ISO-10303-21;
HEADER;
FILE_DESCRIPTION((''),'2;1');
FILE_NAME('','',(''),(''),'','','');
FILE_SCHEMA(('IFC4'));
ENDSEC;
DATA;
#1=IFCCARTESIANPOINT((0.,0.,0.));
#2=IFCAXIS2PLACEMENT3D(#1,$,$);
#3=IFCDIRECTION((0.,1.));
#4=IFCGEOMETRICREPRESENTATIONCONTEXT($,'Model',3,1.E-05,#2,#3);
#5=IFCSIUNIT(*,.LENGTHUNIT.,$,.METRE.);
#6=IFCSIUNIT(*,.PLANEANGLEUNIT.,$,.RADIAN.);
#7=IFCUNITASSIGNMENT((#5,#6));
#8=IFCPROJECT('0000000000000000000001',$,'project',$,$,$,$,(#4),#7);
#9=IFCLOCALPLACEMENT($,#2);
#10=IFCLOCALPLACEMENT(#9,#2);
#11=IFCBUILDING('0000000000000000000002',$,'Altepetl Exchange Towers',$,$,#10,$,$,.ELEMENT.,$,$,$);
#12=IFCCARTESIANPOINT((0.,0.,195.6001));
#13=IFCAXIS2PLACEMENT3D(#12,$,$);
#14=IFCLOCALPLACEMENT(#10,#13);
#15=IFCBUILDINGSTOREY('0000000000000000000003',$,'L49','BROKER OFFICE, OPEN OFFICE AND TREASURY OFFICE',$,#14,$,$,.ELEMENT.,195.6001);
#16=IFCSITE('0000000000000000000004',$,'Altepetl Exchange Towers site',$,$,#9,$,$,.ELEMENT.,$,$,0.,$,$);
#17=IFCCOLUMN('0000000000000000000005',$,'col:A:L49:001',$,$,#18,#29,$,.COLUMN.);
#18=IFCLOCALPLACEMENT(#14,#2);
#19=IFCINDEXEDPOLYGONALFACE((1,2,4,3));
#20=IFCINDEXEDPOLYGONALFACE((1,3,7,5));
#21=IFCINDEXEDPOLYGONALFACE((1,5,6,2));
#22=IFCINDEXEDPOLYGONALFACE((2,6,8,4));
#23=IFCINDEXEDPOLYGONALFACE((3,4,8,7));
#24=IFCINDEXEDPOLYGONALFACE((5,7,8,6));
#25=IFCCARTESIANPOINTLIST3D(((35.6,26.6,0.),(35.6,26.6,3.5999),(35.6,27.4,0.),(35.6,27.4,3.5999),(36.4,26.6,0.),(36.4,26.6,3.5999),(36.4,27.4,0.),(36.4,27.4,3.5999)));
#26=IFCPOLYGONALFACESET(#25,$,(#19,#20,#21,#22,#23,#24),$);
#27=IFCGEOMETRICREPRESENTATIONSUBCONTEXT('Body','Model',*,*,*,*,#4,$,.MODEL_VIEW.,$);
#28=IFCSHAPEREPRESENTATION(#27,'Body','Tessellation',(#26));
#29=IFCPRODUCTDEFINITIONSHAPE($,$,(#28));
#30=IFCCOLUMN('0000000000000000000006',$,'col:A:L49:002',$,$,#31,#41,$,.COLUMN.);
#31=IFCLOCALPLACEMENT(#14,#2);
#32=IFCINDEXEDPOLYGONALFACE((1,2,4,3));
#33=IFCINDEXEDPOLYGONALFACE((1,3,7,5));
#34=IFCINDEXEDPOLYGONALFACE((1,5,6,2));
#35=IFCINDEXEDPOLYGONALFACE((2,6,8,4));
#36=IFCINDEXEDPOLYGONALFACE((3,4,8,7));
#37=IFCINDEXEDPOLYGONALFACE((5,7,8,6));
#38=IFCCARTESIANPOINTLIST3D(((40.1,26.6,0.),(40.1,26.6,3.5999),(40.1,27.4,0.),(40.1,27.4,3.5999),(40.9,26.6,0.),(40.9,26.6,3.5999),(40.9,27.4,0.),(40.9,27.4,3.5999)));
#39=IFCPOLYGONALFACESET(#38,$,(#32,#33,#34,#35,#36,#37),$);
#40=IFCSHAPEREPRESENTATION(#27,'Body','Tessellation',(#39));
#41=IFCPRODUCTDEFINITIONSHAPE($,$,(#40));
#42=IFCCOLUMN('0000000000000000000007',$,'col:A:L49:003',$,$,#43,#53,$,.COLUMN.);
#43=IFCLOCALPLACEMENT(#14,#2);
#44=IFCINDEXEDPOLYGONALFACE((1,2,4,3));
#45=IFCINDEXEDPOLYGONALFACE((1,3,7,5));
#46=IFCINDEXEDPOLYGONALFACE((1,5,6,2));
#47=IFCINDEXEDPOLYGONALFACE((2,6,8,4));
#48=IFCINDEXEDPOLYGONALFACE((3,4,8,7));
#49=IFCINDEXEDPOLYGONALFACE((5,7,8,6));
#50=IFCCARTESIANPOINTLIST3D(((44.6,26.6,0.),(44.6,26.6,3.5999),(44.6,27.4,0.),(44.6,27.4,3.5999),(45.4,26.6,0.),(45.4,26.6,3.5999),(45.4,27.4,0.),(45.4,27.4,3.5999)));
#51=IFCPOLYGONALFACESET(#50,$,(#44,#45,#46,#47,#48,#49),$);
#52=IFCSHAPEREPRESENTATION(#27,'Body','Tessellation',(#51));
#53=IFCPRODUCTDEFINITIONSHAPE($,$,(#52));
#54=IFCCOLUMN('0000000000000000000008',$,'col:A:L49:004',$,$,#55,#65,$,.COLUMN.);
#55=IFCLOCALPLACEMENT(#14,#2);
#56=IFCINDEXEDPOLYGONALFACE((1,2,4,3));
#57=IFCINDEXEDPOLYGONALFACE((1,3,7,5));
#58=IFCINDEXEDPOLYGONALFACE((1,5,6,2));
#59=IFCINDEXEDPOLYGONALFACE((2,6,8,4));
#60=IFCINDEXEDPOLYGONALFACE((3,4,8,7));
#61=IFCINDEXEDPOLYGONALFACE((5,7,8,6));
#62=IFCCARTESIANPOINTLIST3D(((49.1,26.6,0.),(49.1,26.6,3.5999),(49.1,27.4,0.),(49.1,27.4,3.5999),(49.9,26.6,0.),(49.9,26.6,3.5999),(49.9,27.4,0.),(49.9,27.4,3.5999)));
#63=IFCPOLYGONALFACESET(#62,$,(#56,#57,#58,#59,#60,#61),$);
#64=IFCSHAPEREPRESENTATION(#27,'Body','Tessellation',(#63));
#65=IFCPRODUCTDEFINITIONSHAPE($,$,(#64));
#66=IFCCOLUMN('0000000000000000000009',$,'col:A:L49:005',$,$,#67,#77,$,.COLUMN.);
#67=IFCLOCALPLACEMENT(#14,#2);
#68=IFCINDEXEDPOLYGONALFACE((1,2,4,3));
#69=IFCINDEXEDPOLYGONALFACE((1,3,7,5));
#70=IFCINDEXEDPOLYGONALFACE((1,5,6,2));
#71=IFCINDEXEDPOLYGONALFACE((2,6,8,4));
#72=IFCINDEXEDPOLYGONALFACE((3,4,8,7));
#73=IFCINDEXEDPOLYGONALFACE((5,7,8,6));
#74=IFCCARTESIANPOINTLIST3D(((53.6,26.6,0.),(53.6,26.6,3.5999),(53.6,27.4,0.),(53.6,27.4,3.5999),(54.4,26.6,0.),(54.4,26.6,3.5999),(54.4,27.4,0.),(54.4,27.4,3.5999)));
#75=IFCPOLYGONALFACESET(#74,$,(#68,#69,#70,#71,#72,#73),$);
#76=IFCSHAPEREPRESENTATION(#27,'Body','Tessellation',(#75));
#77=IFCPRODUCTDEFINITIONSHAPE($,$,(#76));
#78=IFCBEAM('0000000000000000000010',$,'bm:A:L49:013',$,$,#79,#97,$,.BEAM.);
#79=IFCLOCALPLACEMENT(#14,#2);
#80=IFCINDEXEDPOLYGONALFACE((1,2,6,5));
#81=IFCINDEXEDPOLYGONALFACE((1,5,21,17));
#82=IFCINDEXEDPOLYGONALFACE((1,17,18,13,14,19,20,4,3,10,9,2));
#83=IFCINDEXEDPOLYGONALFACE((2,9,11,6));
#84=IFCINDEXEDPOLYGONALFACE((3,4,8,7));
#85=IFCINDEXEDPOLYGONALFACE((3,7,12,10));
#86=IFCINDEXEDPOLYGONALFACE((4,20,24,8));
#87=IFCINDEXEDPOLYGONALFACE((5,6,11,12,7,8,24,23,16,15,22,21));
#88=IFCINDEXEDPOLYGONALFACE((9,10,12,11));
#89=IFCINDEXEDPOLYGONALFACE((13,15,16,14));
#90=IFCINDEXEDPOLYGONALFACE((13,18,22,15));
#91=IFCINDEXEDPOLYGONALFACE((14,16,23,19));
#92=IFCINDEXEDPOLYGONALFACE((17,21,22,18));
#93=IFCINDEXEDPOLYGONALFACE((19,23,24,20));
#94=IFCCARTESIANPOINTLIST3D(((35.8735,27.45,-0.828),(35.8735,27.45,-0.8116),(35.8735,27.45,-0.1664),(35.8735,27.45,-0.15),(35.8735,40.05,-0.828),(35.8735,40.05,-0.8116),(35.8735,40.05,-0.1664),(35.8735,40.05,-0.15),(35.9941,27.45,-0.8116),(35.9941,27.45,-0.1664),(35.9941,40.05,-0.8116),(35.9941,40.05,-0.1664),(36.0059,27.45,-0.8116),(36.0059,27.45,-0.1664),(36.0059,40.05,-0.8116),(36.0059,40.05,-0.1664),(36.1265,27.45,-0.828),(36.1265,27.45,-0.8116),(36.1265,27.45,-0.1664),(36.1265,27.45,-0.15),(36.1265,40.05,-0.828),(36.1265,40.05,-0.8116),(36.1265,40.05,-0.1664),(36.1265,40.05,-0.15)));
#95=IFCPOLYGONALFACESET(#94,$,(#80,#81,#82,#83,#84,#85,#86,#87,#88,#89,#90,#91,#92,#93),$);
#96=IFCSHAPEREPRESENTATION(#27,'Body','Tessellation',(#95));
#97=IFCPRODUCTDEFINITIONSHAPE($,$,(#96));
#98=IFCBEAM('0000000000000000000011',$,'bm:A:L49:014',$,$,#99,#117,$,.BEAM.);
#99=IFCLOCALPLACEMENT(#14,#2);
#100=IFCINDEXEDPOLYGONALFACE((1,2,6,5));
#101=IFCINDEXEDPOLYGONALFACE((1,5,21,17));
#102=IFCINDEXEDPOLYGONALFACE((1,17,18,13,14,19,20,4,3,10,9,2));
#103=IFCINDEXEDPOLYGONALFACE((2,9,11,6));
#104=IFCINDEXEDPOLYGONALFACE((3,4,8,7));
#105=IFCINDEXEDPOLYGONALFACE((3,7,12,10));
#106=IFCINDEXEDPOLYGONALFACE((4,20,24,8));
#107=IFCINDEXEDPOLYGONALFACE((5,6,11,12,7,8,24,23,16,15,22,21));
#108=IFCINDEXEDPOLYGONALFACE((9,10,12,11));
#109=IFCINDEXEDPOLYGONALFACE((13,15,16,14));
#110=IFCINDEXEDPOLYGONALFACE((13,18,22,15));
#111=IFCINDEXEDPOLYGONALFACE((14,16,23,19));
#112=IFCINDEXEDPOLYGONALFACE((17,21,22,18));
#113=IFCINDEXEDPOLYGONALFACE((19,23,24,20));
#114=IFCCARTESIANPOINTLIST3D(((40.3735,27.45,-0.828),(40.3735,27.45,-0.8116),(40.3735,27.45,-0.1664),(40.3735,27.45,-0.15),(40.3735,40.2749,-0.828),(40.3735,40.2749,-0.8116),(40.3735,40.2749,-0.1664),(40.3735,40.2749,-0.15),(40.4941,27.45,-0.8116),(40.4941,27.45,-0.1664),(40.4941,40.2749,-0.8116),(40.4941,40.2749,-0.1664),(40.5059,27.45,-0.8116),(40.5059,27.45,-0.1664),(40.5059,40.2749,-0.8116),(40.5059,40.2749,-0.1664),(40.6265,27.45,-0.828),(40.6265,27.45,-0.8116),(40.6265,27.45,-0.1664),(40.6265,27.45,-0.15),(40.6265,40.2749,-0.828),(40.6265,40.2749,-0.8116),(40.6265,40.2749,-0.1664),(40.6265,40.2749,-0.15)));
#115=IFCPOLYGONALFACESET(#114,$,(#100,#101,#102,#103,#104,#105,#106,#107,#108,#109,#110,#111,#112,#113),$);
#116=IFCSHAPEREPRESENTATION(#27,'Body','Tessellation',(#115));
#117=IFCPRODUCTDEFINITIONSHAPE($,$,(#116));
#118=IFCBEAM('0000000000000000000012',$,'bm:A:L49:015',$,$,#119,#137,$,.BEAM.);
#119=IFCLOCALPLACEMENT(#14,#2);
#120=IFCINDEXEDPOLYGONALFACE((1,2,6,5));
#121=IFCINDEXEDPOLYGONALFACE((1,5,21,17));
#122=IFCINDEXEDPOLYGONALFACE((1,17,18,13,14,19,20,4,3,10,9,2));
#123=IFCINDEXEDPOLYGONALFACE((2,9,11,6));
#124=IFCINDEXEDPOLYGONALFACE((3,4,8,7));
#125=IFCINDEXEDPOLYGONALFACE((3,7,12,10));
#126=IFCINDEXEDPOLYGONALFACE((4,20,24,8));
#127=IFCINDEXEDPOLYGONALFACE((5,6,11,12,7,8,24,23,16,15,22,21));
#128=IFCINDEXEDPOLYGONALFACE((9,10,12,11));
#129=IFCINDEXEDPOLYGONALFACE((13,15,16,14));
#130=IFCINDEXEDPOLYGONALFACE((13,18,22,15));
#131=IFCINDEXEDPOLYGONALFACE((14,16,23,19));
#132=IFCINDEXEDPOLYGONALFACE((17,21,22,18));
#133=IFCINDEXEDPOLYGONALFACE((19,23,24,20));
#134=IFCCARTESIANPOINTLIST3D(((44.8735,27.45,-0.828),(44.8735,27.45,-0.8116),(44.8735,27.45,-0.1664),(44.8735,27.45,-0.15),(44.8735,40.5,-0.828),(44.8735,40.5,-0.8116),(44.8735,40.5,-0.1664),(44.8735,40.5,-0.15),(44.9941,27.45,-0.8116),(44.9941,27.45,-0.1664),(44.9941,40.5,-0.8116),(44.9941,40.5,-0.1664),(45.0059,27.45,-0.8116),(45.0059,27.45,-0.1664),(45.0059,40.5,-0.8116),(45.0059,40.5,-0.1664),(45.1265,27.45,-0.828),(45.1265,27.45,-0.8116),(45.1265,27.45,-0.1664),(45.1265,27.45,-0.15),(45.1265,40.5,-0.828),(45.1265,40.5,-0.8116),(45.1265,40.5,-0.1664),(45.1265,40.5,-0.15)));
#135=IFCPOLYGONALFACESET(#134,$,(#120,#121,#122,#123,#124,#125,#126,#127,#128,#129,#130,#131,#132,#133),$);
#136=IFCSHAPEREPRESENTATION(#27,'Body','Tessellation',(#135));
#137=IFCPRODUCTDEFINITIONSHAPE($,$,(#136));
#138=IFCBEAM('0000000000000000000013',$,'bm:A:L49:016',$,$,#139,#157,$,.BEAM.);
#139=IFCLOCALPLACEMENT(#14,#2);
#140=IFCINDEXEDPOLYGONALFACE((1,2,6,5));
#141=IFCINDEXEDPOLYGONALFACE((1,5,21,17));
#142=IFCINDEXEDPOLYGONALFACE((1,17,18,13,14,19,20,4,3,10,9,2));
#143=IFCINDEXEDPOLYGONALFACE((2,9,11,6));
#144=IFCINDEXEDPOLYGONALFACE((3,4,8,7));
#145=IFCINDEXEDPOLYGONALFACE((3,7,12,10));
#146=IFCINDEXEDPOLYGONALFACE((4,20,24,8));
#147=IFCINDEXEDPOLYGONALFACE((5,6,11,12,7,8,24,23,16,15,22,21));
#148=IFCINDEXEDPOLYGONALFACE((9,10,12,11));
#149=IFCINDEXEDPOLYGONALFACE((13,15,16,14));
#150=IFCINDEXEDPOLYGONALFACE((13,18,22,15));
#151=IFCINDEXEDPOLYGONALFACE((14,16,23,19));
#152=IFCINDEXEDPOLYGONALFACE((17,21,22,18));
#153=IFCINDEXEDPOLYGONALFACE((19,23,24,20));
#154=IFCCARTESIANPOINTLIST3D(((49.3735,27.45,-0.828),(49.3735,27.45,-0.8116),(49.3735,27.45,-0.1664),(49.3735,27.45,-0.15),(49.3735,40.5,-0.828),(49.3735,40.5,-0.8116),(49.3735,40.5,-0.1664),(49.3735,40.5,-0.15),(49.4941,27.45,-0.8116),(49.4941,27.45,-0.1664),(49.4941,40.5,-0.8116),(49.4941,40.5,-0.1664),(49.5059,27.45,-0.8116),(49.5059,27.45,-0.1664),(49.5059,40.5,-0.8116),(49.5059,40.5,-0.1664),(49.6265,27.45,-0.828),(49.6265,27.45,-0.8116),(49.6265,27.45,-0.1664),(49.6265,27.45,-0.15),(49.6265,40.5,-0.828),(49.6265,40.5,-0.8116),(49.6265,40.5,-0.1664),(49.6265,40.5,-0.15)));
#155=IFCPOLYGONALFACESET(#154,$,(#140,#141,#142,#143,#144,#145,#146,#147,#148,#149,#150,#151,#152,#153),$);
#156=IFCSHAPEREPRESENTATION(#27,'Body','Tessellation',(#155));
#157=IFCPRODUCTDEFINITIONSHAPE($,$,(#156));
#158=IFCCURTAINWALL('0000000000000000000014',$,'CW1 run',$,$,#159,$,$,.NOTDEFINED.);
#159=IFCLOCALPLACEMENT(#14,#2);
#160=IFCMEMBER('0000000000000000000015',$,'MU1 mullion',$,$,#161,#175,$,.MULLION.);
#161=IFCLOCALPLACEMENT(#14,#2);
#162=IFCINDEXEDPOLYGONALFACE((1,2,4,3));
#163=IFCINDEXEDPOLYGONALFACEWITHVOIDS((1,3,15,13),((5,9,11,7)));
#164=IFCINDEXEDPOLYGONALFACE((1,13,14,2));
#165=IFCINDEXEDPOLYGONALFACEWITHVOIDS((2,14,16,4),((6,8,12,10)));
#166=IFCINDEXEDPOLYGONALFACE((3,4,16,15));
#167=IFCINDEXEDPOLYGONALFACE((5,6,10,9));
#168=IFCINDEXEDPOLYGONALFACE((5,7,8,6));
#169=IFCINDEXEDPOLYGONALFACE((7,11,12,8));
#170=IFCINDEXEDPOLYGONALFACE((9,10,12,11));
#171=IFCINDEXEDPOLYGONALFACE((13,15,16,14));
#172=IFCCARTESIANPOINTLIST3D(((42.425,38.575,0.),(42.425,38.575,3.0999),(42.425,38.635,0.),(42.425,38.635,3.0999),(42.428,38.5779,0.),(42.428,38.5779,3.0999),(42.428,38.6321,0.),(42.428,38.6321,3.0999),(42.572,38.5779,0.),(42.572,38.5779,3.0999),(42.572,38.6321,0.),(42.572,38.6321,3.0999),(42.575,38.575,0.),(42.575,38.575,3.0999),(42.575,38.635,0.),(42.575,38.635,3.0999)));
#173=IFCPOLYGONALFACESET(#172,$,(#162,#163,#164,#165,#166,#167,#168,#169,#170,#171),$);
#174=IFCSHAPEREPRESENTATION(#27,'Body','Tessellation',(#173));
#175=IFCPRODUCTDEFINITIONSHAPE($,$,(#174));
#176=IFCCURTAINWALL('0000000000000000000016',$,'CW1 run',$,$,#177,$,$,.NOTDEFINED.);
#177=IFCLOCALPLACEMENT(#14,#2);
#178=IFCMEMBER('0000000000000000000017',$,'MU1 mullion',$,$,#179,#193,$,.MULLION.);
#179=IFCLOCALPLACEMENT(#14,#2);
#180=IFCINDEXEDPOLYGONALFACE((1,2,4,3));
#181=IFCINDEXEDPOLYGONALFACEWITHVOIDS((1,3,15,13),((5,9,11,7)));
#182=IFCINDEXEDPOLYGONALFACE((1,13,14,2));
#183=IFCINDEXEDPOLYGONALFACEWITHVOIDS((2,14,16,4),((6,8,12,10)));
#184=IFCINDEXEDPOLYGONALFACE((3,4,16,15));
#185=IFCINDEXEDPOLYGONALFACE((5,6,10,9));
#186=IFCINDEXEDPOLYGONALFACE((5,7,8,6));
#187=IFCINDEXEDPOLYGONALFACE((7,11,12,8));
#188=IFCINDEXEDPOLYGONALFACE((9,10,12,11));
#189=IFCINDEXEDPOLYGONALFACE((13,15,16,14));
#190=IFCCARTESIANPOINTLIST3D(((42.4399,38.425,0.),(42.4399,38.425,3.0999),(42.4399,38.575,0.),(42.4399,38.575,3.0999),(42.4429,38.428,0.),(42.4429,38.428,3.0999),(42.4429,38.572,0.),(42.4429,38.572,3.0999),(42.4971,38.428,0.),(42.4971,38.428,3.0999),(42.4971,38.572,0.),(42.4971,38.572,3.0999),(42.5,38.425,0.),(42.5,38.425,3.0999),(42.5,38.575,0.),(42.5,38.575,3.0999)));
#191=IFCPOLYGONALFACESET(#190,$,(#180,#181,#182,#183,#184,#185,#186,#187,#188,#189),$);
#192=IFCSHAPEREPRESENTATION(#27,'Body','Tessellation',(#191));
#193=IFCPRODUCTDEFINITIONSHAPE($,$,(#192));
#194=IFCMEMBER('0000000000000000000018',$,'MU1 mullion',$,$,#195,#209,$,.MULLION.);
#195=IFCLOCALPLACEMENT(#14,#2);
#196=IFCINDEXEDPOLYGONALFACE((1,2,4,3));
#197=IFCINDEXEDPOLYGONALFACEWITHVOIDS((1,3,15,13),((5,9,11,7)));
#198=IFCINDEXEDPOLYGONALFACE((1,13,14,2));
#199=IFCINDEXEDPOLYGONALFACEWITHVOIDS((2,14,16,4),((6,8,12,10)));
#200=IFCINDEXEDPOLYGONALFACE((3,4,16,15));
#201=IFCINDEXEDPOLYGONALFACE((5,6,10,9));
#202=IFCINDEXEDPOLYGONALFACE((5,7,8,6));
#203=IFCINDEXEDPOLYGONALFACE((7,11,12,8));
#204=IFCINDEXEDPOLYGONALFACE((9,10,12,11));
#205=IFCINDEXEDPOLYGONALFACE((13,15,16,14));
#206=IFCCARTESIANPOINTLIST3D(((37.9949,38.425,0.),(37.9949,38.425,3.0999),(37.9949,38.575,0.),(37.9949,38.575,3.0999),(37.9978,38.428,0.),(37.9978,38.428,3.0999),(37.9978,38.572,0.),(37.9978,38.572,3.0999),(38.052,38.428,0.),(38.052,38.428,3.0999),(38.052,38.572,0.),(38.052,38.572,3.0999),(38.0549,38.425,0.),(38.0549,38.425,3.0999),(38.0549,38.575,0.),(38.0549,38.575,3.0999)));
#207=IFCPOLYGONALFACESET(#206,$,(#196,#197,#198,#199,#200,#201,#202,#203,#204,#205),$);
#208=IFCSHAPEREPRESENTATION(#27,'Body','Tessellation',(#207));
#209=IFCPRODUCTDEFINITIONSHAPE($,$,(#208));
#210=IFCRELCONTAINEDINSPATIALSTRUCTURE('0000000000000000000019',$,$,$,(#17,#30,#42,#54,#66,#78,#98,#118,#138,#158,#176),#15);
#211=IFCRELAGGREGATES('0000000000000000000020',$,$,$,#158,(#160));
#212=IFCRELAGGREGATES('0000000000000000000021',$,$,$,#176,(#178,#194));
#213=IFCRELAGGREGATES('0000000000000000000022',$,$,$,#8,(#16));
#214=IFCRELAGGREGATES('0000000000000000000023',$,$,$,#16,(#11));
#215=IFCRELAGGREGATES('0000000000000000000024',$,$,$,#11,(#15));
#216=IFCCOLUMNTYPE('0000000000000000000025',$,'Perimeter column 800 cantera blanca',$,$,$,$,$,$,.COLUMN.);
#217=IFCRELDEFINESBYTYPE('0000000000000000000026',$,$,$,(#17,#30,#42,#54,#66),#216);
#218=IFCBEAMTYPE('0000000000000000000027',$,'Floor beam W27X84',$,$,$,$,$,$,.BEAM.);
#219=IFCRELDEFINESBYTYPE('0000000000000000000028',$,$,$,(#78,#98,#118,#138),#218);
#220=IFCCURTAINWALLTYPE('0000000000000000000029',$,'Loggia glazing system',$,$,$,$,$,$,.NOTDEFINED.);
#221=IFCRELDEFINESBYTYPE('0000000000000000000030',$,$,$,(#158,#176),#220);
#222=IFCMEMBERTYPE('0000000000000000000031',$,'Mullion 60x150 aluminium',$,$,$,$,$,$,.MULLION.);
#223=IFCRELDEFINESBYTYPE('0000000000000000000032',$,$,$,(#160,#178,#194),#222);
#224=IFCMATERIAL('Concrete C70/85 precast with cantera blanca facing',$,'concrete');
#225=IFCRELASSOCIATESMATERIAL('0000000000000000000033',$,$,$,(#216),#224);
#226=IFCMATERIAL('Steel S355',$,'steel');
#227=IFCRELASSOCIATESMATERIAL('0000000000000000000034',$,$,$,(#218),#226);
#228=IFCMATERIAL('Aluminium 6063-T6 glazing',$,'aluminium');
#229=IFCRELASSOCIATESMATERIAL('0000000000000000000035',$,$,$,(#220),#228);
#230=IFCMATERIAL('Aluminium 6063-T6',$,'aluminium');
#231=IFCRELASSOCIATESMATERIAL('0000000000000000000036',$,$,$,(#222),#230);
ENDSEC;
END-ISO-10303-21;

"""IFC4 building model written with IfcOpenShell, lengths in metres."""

from ifc_helpers import new_model, si_unit, direction, frame, origin, origin_2d, place, context, subcontext, project, spatial, rectangle, hollow_rectangle, i_section, extrude, material, material_profile, profile_set, type_object, element, aggregate, save


model = new_model("IFC4")

# Units and contexts
model_context = context("Model", 3, precision=1e-05, world=origin(), true_north=direction((0.0, 1.0)))
body_context = subcontext(model_context, "Body", "Model", "MODEL_VIEW")
ifc_project = project(units=[si_unit("LENGTHUNIT", "METRE"), si_unit("PLANEANGLEUNIT", "RADIAN")], contexts=[model_context])

# Site, building, storey
site_placement = place(None, origin())
site = spatial("IfcSite", under=ifc_project, at=site_placement, Name="Altepetl Exchange Towers site", CompositionType="ELEMENT", RefElevation=0.0)
building_placement = place(site_placement, origin())
building = spatial("IfcBuilding", under=site, at=building_placement, Name="Altepetl Exchange Towers", CompositionType="ELEMENT")
storey_placement = place(building_placement, frame((0.0, 0.0, 195.6001)))
storey = spatial("IfcBuildingStorey", under=building, at=storey_placement, Name="L49", Description="BROKER OFFICE, OPEN OFFICE AND TREASURY OFFICE", CompositionType="ELEMENT", Elevation=195.6001)

# Columns
ifc_material_1 = material(Name="Concrete C70/85 precast with cantera blanca facing", Category="concrete")
ifc_material_profile_1 = material_profile(ifc_material_1, rectangle(XDim=0.8, YDim=0.8, at=origin_2d()), Name="800 x 800")
ifc_profile_set_1 = profile_set([ifc_material_profile_1], Name="Concrete C70/85 precast with cantera blanca facing")
column_type = type_object("IfcColumnType", Name="Perimeter column 800 cantera blanca", PredefinedType="COLUMN", material=ifc_profile_set_1)
for number, where, name in (
    (1, (36.0, 27.0, 0.0), "col:A:L49:001"),
    (2, (40.5, 27.0, 0.0), "col:A:L49:002"),
    (3, (45.0, 27.0, 0.0), "col:A:L49:003"),
    (4, (49.5, 27.0, 0.0), "col:A:L49:004"),
    (5, (54.0, 27.0, 0.0), "col:A:L49:005"),
):
    element("IfcColumn", number, at=place(storey_placement, frame(where)), inside=storey, type_object=column_type, Name=name, PredefinedType="COLUMN", context=body_context, shape_type="SweptSolid", body=[
        extrude(rectangle(XDim=0.8, YDim=0.8, at=origin_2d()), origin(), (0.0, 0.0, 1.0), 3.5999),
    ])

# Beams
ifc_material_2 = material(Name="Steel S355", Category="steel")
ifc_material_profile_2 = material_profile(ifc_material_2, i_section(OverallWidth=0.2529, OverallDepth=0.678, WebThickness=0.0117, FlangeThickness=0.0164, at=origin_2d()), Name="W27X84")
ifc_profile_set_2 = profile_set([ifc_material_profile_2], Name="Steel S355")
beam_type_1 = type_object("IfcBeamType", Name="Floor beam W27X84", PredefinedType="BEAM", material=ifc_profile_set_2)
beam_1_placement = place(storey_placement, frame((36.0, 27.45, -0.489), z_axis=(0.0, 1.0, 0.0), x_axis=(-1.0, 0.0, 0.0)))
element("IfcBeam", 6, at=beam_1_placement, inside=storey, type_object=beam_type_1, Name="bm:A:L49:013", PredefinedType="BEAM", context=body_context, shape_type="SweptSolid", body=[
    extrude(i_section(OverallWidth=0.2529, OverallDepth=0.678, WebThickness=0.0117, FlangeThickness=0.0164, at=origin_2d()), origin(), (0.0, 0.0, 1.0), 12.6001),
])
beam_2_placement = place(storey_placement, frame((40.5, 27.45, -0.489), z_axis=(0.0, 1.0, 0.0), x_axis=(-1.0, 0.0, 0.0)))
element("IfcBeam", 7, at=beam_2_placement, inside=storey, type_object=beam_type_1, Name="bm:A:L49:014", PredefinedType="BEAM", context=body_context, shape_type="SweptSolid", body=[
    extrude(i_section(OverallWidth=0.2529, OverallDepth=0.678, WebThickness=0.0117, FlangeThickness=0.0164, at=origin_2d()), origin(), (0.0, 0.0, 1.0), 12.825),
])
for number, where, z_axis, x_axis, name in (
    (8, (45.0, 27.45, -0.489), (0.0, 1.0, 0.0), (-1.0, 0.0, 0.0), "bm:A:L49:015"),
    (9, (49.5, 27.45, -0.489), (0.0, 1.0, 0.0), (-1.0, 0.0, 0.0), "bm:A:L49:016"),
):
    element("IfcBeam", number, at=place(storey_placement, frame(where, z_axis=z_axis, x_axis=x_axis)), inside=storey, type_object=beam_type_1, Name=name, PredefinedType="BEAM", context=body_context, shape_type="SweptSolid", body=[
        extrude(i_section(OverallWidth=0.2529, OverallDepth=0.678, WebThickness=0.0117, FlangeThickness=0.0164, at=origin_2d()), origin(), (0.0, 0.0, 1.0), 13.05),
    ])

# Curtain wall, member
ifc_material_3 = material(Name="Aluminium 6063-T6 glazing", Category="aluminium")
curtain_wall_type = type_object("IfcCurtainWallType", Name="Loggia glazing system", PredefinedType="NOTDEFINED", material=ifc_material_3)
curtain_wall_1_placement = place(storey_placement, origin())
curtain_wall_1 = element("IfcCurtainWall", 10, at=curtain_wall_1_placement, inside=storey, type_object=curtain_wall_type, Name="CW1 run", PredefinedType="NOTDEFINED")
ifc_material_4 = material(Name="Aluminium 6063-T6", Category="aluminium")
ifc_material_profile_3 = material_profile(ifc_material_4, hollow_rectangle(XDim=0.0601, YDim=0.1499, WallThickness=0.0029, at=origin_2d()), Name="Mullion 60x150 aluminium")
ifc_profile_set_3 = profile_set([ifc_material_profile_3], Name="Aluminium 6063-T6")
member_type = type_object("IfcMemberType", Name="Mullion 60x150 aluminium", PredefinedType="MULLION", material=ifc_profile_set_3)
member_1_placement = place(storey_placement, frame((42.5, 38.605, 0.0), z_axis=(0.0, 0.0, 1.0), x_axis=(0.0, -1.0, 0.0)))
member_1 = element("IfcMember", 11, at=member_1_placement, type_object=member_type, Name="MU1 mullion", PredefinedType="MULLION", context=body_context, shape_type="SweptSolid", body=[
    extrude(hollow_rectangle(XDim=0.0601, YDim=0.1499, WallThickness=0.0029, at=origin_2d()), origin(), (0.0, 0.0, 1.0), 3.0999),
])
aggregate(curtain_wall_1, [member_1])

# Curtain wall, members
curtain_wall_2_placement = place(storey_placement, origin())
curtain_wall_2 = element("IfcCurtainWall", 12, at=curtain_wall_2_placement, inside=storey, type_object=curtain_wall_type, Name="CW1 run", PredefinedType="NOTDEFINED")
member_2_placement = place(storey_placement, frame((42.47, 38.5, 0.0), z_axis=(0.0, 0.0, 1.0), x_axis=(-1.0, 0.0, 0.0)))
member_2 = element("IfcMember", 13, at=member_2_placement, type_object=member_type, Name="MU1 mullion", PredefinedType="MULLION", context=body_context, shape_type="SweptSolid", body=[
    extrude(hollow_rectangle(XDim=0.0601, YDim=0.1499, WallThickness=0.0029, at=origin_2d()), origin(), (0.0, 0.0, 1.0), 3.0999),
])
member_3_placement = place(storey_placement, frame((38.0249, 38.5, 0.0), z_axis=(0.0, 0.0, 1.0), x_axis=(-1.0, 0.0, 0.0)))
member_3 = element("IfcMember", 14, at=member_3_placement, type_object=member_type, Name="MU1 mullion", PredefinedType="MULLION", context=body_context, shape_type="SweptSolid", body=[
    extrude(hollow_rectangle(XDim=0.0601, YDim=0.1499, WallThickness=0.0029, at=origin_2d()), origin(), (0.0, 0.0, 1.0), 3.0999),
])

aggregate(curtain_wall_2, [member_2, member_3])

save(model, "model.ifc")
